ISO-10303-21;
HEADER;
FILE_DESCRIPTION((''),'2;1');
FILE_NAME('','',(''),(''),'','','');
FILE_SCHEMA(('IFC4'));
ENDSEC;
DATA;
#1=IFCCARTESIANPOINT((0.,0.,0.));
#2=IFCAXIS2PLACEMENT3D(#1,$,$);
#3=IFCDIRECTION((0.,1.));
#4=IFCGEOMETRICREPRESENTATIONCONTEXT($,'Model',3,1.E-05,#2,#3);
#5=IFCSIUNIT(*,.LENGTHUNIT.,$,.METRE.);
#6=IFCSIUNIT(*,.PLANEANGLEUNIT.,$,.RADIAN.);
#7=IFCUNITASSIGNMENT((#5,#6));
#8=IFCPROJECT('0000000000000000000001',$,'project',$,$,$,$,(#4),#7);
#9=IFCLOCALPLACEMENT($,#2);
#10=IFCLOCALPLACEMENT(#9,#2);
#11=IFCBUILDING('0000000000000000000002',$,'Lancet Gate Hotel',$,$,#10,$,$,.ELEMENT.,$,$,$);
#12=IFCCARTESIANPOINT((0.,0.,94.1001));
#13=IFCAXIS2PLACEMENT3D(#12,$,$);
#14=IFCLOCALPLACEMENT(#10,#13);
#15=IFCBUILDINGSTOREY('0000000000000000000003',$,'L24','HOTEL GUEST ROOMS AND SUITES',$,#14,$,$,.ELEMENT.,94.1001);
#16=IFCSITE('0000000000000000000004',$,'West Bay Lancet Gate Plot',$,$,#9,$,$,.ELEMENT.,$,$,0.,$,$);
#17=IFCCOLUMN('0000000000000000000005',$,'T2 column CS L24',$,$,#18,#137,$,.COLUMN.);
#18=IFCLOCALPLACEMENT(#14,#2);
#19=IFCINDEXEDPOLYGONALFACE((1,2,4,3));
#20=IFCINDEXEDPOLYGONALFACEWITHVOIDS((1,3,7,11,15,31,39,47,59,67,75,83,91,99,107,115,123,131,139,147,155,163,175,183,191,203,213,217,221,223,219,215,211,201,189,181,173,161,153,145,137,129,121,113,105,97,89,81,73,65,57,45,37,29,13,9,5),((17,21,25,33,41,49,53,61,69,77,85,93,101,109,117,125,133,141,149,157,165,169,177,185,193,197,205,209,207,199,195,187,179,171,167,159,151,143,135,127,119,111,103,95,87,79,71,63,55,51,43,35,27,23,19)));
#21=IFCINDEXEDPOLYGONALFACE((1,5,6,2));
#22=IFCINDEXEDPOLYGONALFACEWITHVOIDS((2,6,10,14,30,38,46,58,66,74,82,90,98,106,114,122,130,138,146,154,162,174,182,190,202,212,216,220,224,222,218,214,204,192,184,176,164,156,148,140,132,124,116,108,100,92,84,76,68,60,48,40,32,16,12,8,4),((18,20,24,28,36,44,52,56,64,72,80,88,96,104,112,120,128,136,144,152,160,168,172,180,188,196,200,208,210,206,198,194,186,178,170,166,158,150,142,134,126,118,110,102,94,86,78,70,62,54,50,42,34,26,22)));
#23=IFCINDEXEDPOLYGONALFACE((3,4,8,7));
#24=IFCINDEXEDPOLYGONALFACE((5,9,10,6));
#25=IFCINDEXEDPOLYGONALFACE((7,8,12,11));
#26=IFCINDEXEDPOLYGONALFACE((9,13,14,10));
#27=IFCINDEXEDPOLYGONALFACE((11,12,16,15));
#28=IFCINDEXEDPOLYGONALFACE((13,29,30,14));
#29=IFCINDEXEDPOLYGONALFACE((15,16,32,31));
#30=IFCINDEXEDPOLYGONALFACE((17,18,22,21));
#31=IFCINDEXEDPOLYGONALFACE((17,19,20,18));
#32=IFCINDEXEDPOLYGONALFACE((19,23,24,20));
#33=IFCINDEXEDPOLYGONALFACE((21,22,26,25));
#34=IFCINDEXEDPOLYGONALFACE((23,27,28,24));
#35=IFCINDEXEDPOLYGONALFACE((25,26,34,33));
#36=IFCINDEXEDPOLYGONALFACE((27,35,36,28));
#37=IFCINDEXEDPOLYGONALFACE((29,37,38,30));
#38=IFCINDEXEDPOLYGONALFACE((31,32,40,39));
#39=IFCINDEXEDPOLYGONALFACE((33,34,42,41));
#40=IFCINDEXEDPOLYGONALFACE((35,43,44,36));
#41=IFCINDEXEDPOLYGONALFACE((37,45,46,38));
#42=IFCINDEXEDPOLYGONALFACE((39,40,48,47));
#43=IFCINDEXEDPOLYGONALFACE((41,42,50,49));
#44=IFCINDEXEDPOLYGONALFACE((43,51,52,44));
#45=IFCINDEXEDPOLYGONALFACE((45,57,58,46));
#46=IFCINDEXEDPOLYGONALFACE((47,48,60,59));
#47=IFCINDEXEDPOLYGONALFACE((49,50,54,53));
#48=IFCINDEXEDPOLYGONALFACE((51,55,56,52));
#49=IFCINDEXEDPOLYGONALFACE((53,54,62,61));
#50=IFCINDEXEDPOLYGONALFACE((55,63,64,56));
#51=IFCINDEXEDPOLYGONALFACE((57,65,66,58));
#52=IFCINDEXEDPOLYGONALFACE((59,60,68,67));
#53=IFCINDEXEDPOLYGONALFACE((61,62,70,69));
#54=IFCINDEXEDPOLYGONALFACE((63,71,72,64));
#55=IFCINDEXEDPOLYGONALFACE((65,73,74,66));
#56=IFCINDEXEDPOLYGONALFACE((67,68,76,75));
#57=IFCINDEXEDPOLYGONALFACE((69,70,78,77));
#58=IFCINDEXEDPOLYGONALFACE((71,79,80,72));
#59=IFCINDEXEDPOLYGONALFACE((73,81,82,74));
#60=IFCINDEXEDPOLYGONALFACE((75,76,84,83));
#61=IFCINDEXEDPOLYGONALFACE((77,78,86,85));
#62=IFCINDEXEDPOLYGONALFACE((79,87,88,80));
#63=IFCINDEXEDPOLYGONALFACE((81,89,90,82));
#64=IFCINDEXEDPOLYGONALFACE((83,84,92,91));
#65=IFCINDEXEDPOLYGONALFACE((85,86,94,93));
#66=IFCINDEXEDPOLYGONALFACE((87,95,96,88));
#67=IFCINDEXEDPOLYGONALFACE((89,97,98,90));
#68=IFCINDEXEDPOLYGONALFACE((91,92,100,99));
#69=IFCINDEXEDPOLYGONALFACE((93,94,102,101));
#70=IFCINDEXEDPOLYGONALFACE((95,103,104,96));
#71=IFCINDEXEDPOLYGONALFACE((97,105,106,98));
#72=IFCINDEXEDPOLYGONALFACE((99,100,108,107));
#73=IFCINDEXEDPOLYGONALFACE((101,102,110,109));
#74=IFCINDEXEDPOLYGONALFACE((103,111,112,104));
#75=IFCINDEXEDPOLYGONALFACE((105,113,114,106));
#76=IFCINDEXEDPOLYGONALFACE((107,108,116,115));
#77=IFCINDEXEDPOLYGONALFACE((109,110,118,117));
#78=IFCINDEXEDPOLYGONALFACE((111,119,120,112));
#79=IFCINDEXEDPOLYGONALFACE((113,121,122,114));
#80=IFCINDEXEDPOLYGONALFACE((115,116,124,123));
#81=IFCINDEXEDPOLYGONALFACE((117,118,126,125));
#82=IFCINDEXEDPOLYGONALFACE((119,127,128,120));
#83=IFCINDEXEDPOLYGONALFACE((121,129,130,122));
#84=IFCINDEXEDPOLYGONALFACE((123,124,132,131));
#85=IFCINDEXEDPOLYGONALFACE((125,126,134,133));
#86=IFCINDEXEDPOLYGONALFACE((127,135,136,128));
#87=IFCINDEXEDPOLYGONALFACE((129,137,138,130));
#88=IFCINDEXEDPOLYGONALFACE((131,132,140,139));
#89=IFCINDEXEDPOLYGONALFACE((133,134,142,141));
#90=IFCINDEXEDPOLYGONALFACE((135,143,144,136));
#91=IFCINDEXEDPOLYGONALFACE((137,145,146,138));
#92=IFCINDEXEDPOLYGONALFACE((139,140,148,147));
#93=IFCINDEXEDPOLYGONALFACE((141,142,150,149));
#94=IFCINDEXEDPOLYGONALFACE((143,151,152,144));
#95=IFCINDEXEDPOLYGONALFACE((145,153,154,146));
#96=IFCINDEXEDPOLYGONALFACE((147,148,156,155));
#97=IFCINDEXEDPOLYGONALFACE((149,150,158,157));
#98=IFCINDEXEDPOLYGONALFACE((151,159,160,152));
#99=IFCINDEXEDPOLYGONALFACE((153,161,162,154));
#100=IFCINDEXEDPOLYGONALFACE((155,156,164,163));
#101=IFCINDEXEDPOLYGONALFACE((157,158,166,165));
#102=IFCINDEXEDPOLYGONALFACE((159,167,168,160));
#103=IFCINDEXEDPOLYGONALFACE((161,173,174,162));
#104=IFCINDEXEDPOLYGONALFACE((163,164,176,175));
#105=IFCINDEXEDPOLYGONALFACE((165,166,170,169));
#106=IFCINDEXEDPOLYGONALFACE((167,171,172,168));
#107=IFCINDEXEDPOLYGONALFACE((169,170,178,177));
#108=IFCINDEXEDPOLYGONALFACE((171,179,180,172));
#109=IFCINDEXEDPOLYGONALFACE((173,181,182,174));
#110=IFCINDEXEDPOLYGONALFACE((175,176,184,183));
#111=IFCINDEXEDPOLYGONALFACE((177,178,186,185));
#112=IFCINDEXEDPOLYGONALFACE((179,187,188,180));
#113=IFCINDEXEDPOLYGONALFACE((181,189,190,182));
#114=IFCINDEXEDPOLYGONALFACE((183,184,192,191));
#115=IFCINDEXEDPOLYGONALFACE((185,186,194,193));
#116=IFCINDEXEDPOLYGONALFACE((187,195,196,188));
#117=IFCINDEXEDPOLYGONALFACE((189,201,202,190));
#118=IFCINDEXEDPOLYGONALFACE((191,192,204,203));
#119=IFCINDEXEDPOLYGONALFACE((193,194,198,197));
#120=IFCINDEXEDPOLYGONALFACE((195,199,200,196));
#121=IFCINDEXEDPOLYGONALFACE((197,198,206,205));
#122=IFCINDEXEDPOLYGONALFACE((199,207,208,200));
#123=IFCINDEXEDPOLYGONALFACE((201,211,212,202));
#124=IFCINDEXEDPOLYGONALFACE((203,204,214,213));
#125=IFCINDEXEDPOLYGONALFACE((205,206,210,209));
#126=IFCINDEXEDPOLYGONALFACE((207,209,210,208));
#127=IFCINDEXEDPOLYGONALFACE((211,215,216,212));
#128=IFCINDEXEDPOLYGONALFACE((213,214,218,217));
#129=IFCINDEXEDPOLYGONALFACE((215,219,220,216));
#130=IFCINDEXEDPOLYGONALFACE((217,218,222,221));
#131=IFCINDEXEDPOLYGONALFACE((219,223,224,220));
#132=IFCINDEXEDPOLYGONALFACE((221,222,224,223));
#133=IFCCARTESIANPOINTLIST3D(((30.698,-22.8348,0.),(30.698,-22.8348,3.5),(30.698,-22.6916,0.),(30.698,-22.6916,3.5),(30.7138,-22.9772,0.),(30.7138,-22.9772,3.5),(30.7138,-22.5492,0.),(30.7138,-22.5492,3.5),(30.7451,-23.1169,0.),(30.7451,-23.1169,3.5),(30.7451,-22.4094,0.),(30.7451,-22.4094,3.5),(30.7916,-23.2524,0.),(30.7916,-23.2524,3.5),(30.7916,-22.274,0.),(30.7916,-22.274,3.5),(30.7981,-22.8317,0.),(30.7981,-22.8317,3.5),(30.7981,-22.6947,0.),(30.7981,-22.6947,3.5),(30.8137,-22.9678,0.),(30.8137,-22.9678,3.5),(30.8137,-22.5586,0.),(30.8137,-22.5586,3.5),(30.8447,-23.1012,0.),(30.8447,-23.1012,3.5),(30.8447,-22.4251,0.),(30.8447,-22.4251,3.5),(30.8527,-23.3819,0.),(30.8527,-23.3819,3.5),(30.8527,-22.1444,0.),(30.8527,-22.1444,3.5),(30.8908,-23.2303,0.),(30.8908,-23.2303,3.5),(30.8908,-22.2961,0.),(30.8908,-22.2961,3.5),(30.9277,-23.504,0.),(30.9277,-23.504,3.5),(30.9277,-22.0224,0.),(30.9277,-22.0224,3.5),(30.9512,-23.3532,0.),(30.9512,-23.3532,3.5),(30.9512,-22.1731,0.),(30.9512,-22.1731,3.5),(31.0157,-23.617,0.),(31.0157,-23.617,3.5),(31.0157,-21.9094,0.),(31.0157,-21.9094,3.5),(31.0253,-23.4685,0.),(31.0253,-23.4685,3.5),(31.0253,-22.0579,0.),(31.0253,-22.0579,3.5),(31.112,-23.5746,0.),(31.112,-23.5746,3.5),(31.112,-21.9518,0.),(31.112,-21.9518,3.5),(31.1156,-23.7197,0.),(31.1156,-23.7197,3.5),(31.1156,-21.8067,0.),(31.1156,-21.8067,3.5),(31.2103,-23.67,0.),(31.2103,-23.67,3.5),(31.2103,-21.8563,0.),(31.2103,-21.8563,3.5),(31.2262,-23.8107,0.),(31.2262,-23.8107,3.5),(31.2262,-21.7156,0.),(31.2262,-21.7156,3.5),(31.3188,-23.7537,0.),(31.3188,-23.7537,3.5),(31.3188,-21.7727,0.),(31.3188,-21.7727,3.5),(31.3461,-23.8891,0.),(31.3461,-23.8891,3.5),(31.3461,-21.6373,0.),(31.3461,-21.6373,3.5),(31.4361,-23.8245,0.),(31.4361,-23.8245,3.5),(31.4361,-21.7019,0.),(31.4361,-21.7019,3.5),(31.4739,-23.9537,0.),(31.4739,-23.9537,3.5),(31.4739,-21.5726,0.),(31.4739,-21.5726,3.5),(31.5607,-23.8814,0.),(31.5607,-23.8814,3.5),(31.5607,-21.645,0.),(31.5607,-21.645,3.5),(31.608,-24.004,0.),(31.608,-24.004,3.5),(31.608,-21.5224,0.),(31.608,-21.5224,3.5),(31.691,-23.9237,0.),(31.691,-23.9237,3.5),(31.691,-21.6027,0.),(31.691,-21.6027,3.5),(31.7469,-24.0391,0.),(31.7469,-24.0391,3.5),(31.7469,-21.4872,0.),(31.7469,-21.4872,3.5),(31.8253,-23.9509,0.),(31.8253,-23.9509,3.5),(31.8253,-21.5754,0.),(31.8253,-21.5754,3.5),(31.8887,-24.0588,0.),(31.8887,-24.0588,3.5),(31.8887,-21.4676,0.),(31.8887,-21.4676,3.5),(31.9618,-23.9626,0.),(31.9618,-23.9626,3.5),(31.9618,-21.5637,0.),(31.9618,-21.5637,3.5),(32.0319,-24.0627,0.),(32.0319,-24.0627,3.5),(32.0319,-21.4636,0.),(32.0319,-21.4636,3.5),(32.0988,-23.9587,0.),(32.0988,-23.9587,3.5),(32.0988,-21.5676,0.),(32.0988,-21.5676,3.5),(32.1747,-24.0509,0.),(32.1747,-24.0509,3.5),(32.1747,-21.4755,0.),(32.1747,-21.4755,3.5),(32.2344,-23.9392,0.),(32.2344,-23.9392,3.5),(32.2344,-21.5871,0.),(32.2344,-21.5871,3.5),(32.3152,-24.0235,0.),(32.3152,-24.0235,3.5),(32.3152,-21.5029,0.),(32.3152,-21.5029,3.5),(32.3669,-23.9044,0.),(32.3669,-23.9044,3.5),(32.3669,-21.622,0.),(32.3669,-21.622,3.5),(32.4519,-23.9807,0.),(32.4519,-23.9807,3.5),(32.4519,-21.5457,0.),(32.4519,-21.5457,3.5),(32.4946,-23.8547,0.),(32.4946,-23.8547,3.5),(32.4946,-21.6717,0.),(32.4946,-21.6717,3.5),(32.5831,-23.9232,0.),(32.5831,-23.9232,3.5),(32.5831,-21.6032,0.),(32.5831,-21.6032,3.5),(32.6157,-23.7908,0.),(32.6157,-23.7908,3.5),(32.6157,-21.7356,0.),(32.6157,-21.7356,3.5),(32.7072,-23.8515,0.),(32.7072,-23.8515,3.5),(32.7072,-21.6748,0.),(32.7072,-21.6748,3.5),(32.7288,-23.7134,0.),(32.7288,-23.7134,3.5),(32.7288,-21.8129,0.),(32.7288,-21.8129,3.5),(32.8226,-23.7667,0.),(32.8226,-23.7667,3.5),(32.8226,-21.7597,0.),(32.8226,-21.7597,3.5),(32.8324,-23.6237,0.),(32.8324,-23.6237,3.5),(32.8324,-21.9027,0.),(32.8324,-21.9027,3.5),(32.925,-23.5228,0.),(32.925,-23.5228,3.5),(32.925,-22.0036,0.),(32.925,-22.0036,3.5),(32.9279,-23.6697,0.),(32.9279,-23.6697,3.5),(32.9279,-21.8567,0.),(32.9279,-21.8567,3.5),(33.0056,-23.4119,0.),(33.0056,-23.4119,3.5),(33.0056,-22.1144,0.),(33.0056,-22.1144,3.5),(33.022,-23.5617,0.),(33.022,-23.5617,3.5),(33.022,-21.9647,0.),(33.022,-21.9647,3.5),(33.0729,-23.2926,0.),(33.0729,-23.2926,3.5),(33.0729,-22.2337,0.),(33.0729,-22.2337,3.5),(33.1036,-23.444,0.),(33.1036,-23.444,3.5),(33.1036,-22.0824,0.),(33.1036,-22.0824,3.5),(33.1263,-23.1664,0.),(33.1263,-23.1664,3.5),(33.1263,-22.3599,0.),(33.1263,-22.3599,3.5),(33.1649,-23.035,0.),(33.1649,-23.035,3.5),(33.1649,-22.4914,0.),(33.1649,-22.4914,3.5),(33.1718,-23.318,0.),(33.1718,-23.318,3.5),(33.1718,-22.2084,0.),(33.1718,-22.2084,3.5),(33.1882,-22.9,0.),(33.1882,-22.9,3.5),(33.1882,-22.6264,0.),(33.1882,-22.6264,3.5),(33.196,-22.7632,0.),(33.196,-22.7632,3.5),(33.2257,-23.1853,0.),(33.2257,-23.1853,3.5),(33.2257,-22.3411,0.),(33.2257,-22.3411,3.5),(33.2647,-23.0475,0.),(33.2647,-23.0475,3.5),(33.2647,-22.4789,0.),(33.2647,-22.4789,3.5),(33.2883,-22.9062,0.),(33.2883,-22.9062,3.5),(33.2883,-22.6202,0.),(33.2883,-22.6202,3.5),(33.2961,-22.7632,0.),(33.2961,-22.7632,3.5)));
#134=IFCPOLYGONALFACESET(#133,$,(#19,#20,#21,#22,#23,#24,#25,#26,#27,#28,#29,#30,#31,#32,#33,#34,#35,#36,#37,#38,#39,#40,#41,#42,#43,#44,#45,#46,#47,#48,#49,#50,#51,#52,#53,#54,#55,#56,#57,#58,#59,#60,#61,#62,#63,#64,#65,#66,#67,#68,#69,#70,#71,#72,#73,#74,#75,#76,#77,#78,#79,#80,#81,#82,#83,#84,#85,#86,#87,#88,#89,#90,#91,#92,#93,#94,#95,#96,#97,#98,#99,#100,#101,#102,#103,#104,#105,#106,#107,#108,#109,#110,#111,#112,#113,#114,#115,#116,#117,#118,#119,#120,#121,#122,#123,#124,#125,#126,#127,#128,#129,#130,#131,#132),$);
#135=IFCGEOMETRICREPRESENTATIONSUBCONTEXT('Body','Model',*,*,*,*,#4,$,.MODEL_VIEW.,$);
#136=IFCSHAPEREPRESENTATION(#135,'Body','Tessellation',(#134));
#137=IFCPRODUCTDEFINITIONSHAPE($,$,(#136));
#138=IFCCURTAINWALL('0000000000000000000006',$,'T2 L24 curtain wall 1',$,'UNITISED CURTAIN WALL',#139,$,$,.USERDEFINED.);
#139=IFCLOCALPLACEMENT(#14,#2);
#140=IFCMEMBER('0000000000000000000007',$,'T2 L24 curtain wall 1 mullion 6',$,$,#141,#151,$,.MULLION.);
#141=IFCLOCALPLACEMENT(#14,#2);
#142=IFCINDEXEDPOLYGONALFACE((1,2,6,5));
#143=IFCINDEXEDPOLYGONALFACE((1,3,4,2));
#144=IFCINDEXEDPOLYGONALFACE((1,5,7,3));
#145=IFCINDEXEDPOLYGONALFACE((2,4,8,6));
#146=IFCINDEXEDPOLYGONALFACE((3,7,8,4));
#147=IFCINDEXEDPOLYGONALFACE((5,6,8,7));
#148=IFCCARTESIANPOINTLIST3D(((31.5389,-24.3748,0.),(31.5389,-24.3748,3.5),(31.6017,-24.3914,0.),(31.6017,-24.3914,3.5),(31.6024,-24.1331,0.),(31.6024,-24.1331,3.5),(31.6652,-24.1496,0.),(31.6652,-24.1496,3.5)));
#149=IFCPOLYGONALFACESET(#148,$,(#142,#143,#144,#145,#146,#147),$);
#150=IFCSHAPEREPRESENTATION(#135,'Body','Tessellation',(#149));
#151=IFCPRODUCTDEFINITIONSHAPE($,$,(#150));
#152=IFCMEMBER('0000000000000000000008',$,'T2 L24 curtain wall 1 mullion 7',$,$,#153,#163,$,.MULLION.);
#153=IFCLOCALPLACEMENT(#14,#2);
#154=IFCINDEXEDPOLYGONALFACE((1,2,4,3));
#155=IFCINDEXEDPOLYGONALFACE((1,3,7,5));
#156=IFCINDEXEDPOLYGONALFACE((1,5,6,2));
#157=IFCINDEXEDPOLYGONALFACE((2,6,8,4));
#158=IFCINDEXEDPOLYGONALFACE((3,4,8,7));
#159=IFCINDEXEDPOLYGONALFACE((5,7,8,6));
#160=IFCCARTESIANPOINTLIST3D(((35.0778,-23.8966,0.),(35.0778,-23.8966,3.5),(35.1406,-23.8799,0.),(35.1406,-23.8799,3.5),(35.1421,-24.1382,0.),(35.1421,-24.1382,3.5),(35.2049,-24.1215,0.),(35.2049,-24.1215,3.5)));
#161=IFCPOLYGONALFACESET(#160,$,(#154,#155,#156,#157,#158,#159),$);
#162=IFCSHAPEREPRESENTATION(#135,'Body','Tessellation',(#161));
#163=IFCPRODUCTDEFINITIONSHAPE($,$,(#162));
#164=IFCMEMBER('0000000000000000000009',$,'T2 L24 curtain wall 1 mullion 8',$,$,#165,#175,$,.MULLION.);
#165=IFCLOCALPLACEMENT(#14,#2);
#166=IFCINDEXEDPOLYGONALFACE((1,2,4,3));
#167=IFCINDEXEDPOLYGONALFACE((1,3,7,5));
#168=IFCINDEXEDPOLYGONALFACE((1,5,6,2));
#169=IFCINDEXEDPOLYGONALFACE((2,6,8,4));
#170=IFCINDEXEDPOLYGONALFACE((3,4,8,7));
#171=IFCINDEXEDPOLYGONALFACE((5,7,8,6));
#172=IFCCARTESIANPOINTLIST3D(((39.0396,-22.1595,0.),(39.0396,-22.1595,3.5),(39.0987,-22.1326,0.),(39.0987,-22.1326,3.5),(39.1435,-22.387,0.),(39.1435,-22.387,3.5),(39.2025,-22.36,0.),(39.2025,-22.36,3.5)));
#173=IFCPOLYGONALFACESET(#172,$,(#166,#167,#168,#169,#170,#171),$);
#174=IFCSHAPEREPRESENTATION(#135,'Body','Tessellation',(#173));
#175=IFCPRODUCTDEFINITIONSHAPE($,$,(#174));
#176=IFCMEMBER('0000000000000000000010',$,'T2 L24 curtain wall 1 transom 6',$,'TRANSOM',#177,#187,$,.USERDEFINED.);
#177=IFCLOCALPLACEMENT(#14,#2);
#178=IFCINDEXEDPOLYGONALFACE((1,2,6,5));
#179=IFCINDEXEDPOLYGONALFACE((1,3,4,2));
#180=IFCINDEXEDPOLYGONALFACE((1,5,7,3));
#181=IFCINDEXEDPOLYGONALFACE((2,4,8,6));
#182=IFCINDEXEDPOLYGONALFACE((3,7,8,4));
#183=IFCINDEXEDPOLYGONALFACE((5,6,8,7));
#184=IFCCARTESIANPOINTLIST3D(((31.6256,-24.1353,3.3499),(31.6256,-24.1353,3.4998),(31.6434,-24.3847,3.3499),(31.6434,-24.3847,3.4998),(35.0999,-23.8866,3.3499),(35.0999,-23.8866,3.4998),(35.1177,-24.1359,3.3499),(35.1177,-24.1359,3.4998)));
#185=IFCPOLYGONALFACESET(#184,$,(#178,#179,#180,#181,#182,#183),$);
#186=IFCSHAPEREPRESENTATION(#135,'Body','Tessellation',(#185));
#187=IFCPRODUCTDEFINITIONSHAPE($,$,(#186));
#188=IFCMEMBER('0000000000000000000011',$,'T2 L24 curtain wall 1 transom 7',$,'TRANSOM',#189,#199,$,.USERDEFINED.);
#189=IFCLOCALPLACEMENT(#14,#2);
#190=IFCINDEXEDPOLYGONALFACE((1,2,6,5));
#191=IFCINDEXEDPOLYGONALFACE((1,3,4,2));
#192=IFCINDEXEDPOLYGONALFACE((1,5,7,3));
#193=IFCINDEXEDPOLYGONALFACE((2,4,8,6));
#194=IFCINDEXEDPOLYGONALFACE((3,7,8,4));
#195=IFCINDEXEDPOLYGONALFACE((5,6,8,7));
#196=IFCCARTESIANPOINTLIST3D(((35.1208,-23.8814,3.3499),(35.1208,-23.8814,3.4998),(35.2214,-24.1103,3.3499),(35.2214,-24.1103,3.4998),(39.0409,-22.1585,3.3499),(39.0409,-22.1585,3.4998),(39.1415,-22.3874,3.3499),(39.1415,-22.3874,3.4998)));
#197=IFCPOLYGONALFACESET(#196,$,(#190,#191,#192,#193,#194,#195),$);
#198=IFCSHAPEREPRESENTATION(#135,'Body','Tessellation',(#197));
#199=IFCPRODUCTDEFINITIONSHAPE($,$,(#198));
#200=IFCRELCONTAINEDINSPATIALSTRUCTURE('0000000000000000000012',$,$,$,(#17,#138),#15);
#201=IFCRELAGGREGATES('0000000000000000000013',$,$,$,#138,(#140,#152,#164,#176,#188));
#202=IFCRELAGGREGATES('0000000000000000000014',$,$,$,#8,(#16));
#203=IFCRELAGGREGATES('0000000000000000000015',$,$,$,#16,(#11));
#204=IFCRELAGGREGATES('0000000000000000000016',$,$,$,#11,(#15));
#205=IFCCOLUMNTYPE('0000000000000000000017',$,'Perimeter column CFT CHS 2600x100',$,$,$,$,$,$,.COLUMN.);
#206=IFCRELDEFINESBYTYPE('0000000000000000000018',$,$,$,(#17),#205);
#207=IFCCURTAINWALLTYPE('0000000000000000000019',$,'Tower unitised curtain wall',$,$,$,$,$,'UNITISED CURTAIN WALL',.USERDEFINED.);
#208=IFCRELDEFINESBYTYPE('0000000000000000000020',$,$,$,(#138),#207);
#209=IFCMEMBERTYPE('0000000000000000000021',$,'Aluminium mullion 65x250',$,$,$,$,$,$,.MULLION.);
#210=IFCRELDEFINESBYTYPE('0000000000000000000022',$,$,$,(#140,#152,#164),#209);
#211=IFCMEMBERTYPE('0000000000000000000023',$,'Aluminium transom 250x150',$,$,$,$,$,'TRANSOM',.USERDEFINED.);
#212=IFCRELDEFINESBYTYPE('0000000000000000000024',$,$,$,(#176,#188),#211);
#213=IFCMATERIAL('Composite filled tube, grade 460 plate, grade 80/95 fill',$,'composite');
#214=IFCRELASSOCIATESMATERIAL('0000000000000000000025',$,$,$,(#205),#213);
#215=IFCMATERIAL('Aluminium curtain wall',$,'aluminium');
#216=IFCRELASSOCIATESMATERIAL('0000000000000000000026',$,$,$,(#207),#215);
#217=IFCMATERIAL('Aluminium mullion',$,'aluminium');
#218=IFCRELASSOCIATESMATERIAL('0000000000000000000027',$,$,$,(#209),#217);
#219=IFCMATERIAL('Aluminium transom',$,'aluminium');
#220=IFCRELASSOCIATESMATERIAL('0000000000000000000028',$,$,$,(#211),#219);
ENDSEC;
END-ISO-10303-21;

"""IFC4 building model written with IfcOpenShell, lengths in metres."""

from ifc_helpers import new_model, si_unit, direction, frame, origin, origin_2d, place, context, subcontext, project, spatial, rectangle, hollow_circle, extrude, material, material_profile, profile_set, type_object, element, aggregate, save


model = new_model("IFC4")

# Units and contexts
model_context = context("Model", 3, precision=1e-05, world=origin(), true_north=direction((0.0, 1.0)))
body_context = subcontext(model_context, "Body", "Model", "MODEL_VIEW")
ifc_project = project(units=[si_unit("LENGTHUNIT", "METRE"), si_unit("PLANEANGLEUNIT", "RADIAN")], contexts=[model_context])

# Site, building, storey
site_placement = place(None, origin())
site = spatial("IfcSite", under=ifc_project, at=site_placement, Name="West Bay Lancet Gate Plot", CompositionType="ELEMENT", RefElevation=0.0)
building_placement = place(site_placement, origin())
building = spatial("IfcBuilding", under=site, at=building_placement, Name="Lancet Gate Hotel", CompositionType="ELEMENT")
storey_placement = place(building_placement, frame((0.0, 0.0, 94.1001)))
storey = spatial("IfcBuildingStorey", under=building, at=storey_placement, Name="L24", Description="HOTEL GUEST ROOMS AND SUITES", CompositionType="ELEMENT", Elevation=94.1001)

# Column
ifc_material_1 = material(Name="Composite filled tube, grade 460 plate, grade 80/95 fill", Category="composite")
ifc_material_profile_1 = material_profile(ifc_material_1, hollow_circle(Radius=1.3, WallThickness=0.1001, at=origin_2d()), Name="CHS 2600x100")
ifc_profile_set_1 = profile_set([ifc_material_profile_1], Name="Composite filled tube, grade 460 plate, grade 80/95 fill")
column_type = type_object("IfcColumnType", Name="Perimeter column CFT CHS 2600x100", PredefinedType="COLUMN", material=ifc_profile_set_1)
column_placement = place(storey_placement, frame((31.9961, -22.7632, 0.0), z_axis=(0.0, 0.0, 1.0), x_axis=(1.0, 0.0, 0.0)))
element("IfcColumn", 1, at=column_placement, inside=storey, type_object=column_type, Name="T2 column CS L24", PredefinedType="COLUMN", context=body_context, shape_type="SweptSolid", body=[
    extrude(hollow_circle(Radius=1.3, WallThickness=0.1001, at=origin_2d()), origin(), (0.0, 0.0, 1.0), 3.5),
])

# Curtain wall, members
ifc_material_2 = material(Name="Aluminium curtain wall", Category="aluminium")
curtain_wall_type = type_object("IfcCurtainWallType", Name="Tower unitised curtain wall", ElementType="UNITISED CURTAIN WALL", PredefinedType="USERDEFINED", material=ifc_material_2)
curtain_wall_placement = place(storey_placement, origin())
curtain_wall = element("IfcCurtainWall", 2, at=curtain_wall_placement, inside=storey, type_object=curtain_wall_type, Name="T2 L24 curtain wall 1", ObjectType="UNITISED CURTAIN WALL", PredefinedType="USERDEFINED")
ifc_material_3 = material(Name="Aluminium mullion", Category="aluminium")
ifc_material_profile_2 = material_profile(ifc_material_3, rectangle(XDim=0.0649, YDim=0.25, at=origin_2d()), Name="MULLION 65x250")
ifc_profile_set_2 = profile_set([ifc_material_profile_2], Name="Aluminium mullion")
member_type_1 = type_object("IfcMemberType", Name="Aluminium mullion 65x250", PredefinedType="MULLION", material=ifc_profile_set_2)
member_1_placement = place(storey_placement, frame((31.6021, -24.2622, 0.0), z_axis=(0.0, 0.0, 1.0), x_axis=(0.967157, -0.254179, 0.0)))
member_1 = element("IfcMember", 3, at=member_1_placement, type_object=member_type_1, Name="T2 L24 curtain wall 1 mullion 6", PredefinedType="MULLION", context=body_context, shape_type="SweptSolid", body=[
    extrude(rectangle(XDim=0.0649, YDim=0.25, at=origin_2d()), origin(), (0.0, 0.0, 1.0), 3.5),
])
member_2_placement = place(storey_placement, frame((35.1414, -24.009, 0.0), z_axis=(0.0, 0.0, 1.0), x_axis=(0.966317, 0.257353, 0.0)))
member_2 = element("IfcMember", 4, at=member_2_placement, type_object=member_type_1, Name="T2 L24 curtain wall 1 mullion 7", PredefinedType="MULLION", context=body_context, shape_type="SweptSolid", body=[
    extrude(rectangle(XDim=0.0649, YDim=0.25, at=origin_2d()), origin(), (0.0, 0.0, 1.0), 3.5),
])
member_3_placement = place(storey_placement, frame((39.1211, -22.2598, 0.0), z_axis=(0.0, 0.0, 1.0), x_axis=(0.909673, 0.415326, 0.0)))
member_3 = element("IfcMember", 5, at=member_3_placement, type_object=member_type_1, Name="T2 L24 curtain wall 1 mullion 8", PredefinedType="MULLION", context=body_context, shape_type="SweptSolid", body=[
    extrude(rectangle(XDim=0.0649, YDim=0.25, at=origin_2d()), origin(), (0.0, 0.0, 1.0), 3.5),
])
ifc_material_4 = material(Name="Aluminium transom", Category="aluminium")
ifc_material_profile_3 = material_profile(ifc_material_4, rectangle(XDim=0.25, YDim=0.1499, at=origin_2d()), Name="TRANSOM 250x150")
ifc_profile_set_3 = profile_set([ifc_material_profile_3], Name="Aluminium transom")
member_type_2 = type_object("IfcMemberType", Name="Aluminium transom 250x150", ElementType="TRANSOM", PredefinedType="USERDEFINED", material=ifc_profile_set_3)
member_4_placement = place(storey_placement, frame((31.6345, -24.26, 3.4248), z_axis=(0.997446, 0.071421, 0.0), x_axis=(-0.071421, 0.997446, 0.0)))
member_4 = element("IfcMember", 6, at=member_4_placement, type_object=member_type_2, Name="T2 L24 curtain wall 1 transom 6", ObjectType="TRANSOM", PredefinedType="USERDEFINED", context=body_context, shape_type="SweptSolid", body=[
    extrude(rectangle(XDim=0.25, YDim=0.1499, at=origin_2d()), origin(), (0.0, 0.0, 1.0), 3.4832),
])
member_5_placement = place(storey_placement, frame((35.1711, -23.9958, 3.4248), z_axis=(0.915485, 0.402353, 0.0), x_axis=(-0.402353, 0.915485, 0.0)))
member_5 = element("IfcMember", 7, at=member_5_placement, type_object=member_type_2, Name="T2 L24 curtain wall 1 transom 7", ObjectType="TRANSOM", PredefinedType="USERDEFINED", context=body_context, shape_type="SweptSolid", body=[
    extrude(rectangle(XDim=0.25, YDim=0.1499, at=origin_2d()), origin(), (0.0, 0.0, 1.0), 4.282),
])

aggregate(curtain_wall, [member_1, member_2, member_3, member_4, member_5])

save(model, "model.ifc")
